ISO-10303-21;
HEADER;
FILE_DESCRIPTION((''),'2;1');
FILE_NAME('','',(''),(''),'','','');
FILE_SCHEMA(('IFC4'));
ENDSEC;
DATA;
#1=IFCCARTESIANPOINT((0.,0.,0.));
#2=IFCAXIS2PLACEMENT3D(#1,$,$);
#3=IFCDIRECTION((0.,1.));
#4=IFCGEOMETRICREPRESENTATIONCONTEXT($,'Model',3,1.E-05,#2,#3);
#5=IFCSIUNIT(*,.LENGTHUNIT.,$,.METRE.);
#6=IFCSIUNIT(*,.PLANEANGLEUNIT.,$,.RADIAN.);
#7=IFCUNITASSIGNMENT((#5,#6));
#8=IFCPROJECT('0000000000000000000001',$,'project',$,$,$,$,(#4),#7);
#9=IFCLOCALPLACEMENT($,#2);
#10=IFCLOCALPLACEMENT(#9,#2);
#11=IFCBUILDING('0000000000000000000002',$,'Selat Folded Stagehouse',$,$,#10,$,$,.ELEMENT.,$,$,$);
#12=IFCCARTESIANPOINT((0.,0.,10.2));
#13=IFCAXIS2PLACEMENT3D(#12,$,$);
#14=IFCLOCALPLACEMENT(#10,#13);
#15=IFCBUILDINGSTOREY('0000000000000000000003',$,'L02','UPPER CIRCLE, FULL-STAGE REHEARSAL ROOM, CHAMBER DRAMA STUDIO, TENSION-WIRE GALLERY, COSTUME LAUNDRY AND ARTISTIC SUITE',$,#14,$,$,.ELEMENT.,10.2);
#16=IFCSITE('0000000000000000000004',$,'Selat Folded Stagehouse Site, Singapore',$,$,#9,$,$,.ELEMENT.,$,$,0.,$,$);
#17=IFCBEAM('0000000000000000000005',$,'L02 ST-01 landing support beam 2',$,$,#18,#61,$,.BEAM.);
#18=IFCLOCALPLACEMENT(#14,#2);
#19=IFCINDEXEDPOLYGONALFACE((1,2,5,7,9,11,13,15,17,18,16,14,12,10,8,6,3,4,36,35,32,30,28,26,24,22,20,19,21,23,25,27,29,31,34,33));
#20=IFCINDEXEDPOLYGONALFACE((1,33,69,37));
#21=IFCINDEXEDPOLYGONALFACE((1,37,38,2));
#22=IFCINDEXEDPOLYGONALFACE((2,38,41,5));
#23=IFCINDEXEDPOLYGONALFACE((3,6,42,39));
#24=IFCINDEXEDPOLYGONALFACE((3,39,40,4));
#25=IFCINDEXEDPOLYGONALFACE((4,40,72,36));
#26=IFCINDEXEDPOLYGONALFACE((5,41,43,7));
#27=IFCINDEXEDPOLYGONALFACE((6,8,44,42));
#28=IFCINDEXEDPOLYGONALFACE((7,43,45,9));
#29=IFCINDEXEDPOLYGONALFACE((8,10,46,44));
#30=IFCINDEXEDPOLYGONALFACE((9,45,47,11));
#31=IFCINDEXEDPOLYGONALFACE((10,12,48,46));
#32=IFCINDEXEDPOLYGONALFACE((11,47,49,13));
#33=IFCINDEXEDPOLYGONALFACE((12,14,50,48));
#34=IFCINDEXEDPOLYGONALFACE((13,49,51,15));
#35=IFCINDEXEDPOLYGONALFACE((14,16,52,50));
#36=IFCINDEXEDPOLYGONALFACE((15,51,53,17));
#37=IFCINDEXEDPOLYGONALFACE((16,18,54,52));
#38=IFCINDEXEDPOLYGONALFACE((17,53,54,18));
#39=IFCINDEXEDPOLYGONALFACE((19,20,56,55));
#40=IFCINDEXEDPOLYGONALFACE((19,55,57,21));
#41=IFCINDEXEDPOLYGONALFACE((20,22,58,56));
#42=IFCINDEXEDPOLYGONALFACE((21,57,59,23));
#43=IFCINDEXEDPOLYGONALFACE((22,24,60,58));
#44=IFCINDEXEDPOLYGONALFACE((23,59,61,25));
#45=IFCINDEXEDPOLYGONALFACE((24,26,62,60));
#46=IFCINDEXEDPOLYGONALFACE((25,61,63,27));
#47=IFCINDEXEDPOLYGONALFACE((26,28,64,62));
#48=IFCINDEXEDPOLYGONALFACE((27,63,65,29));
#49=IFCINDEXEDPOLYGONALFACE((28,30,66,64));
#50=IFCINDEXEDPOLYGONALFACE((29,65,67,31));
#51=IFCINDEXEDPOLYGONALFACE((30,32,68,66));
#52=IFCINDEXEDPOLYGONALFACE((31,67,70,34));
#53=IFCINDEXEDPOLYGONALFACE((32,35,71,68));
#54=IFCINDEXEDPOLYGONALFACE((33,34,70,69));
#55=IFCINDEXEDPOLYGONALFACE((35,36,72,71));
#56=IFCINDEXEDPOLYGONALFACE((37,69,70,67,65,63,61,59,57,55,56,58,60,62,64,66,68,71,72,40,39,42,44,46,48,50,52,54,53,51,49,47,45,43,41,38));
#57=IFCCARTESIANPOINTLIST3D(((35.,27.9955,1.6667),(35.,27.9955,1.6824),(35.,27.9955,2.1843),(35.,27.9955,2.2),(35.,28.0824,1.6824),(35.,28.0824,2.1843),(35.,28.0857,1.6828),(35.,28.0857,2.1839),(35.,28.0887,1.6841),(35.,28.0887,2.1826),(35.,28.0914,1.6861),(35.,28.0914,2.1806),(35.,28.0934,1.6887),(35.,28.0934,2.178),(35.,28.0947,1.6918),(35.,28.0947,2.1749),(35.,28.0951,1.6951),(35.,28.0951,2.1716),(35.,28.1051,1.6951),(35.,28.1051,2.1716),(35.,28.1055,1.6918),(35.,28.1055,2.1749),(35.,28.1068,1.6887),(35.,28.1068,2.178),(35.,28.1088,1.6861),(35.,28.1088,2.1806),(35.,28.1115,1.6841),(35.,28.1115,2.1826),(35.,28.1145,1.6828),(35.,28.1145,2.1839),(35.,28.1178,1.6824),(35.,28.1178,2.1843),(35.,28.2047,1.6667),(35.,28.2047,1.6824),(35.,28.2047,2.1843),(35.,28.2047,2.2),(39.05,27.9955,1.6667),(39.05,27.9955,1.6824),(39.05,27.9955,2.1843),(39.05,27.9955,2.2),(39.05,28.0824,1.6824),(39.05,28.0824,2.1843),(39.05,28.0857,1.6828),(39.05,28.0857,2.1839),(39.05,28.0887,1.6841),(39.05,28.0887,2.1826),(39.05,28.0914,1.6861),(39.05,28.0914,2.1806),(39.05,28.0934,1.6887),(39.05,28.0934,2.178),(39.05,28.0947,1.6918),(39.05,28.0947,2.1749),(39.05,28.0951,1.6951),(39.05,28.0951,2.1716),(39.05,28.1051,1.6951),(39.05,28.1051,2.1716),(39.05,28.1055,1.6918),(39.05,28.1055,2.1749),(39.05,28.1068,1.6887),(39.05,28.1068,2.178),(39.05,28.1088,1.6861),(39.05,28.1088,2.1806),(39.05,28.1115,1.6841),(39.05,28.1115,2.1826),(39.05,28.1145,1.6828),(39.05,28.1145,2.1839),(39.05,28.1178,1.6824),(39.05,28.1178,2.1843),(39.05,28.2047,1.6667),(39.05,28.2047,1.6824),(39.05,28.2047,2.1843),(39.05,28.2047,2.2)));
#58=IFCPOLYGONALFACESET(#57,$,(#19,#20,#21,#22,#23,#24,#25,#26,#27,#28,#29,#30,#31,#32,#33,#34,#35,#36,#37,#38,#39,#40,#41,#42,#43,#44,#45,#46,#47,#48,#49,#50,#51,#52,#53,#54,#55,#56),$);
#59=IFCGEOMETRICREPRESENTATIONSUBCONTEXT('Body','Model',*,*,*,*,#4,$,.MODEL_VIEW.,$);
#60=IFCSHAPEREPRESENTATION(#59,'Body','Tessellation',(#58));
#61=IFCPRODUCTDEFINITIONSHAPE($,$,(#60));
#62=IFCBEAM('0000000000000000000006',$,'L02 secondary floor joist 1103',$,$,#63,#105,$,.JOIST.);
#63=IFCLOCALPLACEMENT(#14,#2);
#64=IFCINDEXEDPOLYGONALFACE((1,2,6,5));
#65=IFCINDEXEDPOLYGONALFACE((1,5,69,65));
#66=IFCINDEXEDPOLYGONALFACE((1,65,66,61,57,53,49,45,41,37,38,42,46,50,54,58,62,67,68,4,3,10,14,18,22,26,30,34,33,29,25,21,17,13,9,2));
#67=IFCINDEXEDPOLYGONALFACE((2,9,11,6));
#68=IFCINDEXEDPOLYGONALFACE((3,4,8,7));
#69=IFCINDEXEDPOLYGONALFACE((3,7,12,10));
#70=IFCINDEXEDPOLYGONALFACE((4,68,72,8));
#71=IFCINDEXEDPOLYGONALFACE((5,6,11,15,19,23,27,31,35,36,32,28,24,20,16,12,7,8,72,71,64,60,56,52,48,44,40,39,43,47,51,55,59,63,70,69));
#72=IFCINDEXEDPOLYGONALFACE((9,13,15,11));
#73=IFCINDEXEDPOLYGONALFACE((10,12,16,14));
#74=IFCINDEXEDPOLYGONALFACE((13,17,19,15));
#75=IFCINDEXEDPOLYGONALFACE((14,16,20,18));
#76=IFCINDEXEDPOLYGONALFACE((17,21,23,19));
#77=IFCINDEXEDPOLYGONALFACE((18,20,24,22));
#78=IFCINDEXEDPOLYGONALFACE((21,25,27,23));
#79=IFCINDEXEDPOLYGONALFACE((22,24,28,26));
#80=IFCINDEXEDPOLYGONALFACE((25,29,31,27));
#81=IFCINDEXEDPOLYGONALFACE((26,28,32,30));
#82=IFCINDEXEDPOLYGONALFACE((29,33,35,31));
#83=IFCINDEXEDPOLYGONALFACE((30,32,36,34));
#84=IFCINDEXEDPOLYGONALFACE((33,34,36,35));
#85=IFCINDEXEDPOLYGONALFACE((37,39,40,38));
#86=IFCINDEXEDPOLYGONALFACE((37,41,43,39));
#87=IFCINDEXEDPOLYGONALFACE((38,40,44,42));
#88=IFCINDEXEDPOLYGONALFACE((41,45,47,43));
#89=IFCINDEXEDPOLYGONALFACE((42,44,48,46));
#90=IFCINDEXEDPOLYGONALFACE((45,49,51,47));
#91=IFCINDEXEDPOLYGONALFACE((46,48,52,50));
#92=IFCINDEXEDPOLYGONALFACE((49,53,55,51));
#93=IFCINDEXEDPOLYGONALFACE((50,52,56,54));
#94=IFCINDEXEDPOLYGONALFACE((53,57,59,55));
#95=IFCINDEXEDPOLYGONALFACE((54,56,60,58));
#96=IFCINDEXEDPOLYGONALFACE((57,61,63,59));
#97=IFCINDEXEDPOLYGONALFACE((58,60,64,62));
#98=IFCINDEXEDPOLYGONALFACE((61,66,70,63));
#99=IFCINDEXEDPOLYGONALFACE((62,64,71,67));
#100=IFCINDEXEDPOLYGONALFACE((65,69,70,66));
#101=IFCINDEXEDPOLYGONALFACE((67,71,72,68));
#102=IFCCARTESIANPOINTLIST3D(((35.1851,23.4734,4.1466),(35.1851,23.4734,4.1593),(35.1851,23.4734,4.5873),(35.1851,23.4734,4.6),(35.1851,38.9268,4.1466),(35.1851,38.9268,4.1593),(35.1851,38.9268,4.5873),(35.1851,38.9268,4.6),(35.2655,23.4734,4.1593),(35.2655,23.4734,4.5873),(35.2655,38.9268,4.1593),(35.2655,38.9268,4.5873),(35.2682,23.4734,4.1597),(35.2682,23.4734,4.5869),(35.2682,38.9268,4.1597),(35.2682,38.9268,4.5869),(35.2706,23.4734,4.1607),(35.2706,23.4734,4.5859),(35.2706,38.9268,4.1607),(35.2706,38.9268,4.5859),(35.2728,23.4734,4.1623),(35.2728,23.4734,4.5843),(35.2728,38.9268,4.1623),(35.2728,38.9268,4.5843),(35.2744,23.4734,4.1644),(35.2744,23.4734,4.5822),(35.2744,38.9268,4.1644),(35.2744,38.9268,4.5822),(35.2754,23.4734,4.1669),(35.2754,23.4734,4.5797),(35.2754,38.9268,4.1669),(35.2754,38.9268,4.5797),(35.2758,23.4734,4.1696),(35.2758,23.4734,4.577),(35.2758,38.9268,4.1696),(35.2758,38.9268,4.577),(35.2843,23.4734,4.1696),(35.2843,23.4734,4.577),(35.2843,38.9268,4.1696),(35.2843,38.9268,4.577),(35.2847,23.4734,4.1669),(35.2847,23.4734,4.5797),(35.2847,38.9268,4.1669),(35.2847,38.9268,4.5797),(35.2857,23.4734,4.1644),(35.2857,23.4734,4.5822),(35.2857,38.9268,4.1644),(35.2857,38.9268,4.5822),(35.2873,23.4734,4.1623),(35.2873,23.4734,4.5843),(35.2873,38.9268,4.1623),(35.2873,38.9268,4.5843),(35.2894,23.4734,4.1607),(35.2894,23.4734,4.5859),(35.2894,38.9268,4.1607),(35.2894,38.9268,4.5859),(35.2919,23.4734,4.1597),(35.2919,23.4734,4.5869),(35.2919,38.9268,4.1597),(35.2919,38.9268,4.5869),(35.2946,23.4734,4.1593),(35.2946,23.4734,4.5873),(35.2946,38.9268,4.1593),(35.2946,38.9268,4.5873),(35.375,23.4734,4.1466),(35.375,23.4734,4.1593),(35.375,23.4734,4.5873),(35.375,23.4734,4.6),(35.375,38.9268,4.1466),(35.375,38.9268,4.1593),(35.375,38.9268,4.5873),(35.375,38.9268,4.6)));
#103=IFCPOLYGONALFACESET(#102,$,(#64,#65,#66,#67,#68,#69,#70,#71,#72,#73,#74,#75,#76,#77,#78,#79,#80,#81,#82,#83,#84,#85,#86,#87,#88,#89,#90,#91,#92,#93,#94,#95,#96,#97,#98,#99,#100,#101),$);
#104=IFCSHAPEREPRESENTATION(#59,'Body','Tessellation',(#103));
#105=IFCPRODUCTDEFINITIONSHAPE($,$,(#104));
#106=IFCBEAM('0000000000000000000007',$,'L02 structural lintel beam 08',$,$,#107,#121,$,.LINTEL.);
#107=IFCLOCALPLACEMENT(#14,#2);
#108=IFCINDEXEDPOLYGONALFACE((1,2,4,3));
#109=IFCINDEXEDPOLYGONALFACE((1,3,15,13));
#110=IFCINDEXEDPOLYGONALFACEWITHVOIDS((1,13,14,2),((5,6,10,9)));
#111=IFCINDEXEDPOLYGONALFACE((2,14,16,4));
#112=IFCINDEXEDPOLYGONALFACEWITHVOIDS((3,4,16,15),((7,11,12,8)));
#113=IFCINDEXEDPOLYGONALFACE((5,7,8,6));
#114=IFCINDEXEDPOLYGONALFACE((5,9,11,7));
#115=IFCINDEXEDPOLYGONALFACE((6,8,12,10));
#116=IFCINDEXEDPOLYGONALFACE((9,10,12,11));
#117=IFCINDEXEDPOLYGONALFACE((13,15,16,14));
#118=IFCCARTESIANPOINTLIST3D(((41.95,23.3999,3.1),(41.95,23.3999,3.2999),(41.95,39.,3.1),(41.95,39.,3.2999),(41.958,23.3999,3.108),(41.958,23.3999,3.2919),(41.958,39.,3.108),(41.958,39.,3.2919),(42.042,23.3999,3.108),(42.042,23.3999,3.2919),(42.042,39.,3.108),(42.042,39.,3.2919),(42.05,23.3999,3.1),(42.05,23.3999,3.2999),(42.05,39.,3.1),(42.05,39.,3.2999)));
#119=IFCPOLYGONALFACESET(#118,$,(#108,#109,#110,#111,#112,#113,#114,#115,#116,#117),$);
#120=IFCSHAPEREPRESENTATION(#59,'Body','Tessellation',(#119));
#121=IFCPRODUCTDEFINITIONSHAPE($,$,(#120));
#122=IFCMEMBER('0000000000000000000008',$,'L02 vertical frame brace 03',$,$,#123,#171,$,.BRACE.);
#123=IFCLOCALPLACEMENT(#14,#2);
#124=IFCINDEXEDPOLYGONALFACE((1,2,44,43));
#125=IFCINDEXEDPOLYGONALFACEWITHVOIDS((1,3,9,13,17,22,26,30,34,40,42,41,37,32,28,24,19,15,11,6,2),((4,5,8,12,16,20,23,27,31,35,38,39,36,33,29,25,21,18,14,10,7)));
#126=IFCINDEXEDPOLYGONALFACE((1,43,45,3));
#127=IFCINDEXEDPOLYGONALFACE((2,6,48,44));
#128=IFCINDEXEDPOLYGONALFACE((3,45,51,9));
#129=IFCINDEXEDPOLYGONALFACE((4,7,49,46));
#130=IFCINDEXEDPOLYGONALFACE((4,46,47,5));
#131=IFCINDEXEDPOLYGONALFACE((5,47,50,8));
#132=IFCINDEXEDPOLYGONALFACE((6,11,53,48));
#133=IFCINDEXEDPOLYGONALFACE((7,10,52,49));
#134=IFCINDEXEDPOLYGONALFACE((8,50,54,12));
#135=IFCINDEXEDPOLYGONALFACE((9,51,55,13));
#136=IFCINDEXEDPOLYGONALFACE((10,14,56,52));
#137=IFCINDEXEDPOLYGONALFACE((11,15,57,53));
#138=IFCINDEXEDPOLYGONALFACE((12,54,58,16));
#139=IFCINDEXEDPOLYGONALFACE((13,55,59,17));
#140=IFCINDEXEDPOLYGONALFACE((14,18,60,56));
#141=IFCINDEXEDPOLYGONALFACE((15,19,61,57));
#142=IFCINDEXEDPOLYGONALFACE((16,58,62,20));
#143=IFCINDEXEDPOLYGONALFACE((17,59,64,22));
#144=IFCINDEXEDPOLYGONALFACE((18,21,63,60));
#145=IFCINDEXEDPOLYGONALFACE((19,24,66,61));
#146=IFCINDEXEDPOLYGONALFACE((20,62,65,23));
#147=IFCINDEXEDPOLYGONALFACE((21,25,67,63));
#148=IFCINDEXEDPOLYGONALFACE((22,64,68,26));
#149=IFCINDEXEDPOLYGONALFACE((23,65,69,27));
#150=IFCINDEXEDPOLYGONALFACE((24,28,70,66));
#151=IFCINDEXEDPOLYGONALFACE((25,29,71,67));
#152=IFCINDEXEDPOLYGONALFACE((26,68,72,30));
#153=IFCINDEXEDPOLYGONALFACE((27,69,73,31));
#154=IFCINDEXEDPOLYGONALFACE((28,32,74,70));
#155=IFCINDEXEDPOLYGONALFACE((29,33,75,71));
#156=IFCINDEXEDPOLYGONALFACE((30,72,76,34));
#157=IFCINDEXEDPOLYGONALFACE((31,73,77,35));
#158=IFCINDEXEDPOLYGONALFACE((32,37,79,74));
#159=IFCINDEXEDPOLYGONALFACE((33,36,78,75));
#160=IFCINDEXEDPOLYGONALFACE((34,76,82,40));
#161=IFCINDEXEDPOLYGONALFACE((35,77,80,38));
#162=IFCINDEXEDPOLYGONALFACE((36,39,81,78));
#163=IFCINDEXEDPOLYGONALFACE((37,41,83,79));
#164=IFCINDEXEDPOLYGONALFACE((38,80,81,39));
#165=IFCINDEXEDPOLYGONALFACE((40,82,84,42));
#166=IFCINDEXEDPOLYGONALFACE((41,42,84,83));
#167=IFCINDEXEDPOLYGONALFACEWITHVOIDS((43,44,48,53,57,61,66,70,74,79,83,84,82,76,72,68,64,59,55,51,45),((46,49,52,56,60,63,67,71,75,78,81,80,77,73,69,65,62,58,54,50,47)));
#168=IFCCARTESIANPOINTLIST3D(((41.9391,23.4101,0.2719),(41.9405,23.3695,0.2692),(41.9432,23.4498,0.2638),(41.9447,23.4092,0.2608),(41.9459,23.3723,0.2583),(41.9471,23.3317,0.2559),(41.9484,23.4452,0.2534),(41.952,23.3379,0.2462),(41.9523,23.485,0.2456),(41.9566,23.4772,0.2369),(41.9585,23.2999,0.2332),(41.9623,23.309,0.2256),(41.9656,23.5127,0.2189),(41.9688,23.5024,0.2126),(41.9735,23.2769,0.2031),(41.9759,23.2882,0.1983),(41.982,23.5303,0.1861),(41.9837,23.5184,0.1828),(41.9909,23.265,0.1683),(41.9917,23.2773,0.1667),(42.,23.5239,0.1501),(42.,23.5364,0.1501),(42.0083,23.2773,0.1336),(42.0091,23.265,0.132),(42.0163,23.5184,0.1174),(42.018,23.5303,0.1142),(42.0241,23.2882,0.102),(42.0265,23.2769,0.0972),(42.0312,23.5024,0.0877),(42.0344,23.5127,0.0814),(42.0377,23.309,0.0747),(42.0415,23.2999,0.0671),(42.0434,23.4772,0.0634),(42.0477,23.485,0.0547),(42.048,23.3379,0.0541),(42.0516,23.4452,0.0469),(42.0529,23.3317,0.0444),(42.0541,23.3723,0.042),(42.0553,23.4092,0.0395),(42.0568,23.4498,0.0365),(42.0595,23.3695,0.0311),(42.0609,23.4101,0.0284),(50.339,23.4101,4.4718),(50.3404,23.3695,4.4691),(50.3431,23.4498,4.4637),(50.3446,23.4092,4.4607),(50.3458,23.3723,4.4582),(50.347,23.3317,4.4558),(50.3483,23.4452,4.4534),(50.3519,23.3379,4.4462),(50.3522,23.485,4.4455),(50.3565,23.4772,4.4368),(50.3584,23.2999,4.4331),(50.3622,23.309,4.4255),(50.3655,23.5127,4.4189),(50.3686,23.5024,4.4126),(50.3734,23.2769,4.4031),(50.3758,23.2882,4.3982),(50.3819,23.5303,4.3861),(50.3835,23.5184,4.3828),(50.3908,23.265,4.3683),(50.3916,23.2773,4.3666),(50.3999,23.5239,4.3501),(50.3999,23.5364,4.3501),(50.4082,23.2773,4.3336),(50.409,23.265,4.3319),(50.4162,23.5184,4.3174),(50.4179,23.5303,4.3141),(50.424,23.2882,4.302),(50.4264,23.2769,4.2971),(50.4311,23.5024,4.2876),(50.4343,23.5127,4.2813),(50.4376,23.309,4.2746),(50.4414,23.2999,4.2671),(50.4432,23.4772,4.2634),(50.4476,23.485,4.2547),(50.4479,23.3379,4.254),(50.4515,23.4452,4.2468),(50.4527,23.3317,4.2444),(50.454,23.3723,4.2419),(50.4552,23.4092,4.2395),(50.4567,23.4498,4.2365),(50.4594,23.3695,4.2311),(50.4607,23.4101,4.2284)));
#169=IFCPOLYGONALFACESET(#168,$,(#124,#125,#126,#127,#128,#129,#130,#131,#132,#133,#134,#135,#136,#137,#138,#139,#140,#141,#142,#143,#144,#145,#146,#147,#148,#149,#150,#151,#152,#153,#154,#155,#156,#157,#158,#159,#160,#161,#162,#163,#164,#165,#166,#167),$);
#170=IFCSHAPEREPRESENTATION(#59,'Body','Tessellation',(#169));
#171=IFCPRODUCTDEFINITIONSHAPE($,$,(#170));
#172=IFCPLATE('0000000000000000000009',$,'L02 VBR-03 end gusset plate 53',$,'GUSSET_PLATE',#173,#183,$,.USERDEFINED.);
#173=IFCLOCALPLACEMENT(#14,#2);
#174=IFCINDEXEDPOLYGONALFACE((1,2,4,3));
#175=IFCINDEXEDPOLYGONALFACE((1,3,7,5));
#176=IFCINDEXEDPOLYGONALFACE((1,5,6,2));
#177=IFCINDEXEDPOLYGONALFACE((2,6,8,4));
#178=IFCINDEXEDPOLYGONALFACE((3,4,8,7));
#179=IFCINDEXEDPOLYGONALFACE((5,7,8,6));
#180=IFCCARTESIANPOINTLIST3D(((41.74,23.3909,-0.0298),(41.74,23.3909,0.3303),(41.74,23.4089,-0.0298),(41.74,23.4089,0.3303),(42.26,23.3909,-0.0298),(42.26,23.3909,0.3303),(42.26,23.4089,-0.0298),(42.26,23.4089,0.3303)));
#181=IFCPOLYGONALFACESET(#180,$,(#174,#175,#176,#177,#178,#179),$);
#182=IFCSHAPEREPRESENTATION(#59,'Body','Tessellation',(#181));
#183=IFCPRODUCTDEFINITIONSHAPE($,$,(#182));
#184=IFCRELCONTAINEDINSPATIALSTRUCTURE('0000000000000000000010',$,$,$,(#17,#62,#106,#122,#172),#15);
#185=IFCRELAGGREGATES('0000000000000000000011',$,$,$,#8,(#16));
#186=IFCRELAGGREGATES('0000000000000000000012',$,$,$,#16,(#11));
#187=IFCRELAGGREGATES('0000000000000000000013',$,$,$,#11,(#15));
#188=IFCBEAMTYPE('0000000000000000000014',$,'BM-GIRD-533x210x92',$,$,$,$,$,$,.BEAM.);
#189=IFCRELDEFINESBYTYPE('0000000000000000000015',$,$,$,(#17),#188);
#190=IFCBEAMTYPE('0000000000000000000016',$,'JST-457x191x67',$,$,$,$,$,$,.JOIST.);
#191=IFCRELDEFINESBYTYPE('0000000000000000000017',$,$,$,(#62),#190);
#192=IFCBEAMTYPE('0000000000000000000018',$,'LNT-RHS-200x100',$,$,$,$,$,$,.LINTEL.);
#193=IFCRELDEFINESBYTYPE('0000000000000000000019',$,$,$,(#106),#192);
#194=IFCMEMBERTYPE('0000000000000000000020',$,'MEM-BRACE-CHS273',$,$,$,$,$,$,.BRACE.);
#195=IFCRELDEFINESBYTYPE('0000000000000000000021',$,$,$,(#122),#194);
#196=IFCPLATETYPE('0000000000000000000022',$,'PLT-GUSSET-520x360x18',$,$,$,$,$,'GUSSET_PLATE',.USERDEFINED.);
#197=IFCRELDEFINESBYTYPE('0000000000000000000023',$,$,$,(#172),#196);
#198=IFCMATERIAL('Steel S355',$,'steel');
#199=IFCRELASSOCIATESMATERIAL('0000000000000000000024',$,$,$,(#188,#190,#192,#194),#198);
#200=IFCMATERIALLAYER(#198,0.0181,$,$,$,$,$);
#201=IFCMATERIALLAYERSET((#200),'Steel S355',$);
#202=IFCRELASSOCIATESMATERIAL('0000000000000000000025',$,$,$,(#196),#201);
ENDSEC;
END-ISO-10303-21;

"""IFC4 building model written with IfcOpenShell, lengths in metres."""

from ifc_helpers import new_model, si_unit, direction, frame, origin, origin_2d, place, context, subcontext, project, spatial, rectangle, hollow_rectangle, hollow_circle, i_section, extrude, material, layer, layer_set, material_profile, profile_set, type_object, element, save


model = new_model("IFC4")

# Units and contexts
model_context = context("Model", 3, precision=1e-05, world=origin(), true_north=direction((0.0, 1.0)))
body_context = subcontext(model_context, "Body", "Model", "MODEL_VIEW")
ifc_project = project(units=[si_unit("LENGTHUNIT", "METRE"), si_unit("PLANEANGLEUNIT", "RADIAN")], contexts=[model_context])

# Site, building, storey
site_placement = place(None, origin())
site = spatial("IfcSite", under=ifc_project, at=site_placement, Name="Selat Folded Stagehouse Site, Singapore", CompositionType="ELEMENT", RefElevation=0.0)
building_placement = place(site_placement, origin())
building = spatial("IfcBuilding", under=site, at=building_placement, Name="Selat Folded Stagehouse", CompositionType="ELEMENT")
storey_placement = place(building_placement, frame((0.0, 0.0, 10.2)))
storey = spatial("IfcBuildingStorey", under=building, at=storey_placement, Name="L02", Description="UPPER CIRCLE, FULL-STAGE REHEARSAL ROOM, CHAMBER DRAMA STUDIO, TENSION-WIRE GALLERY, COSTUME LAUNDRY AND ARTISTIC SUITE", CompositionType="ELEMENT", Elevation=10.2)

# Shared definitions
ifc_material_1 = material(Name="Steel S355", Category="steel")

# Beams
ifc_material_profile_1 = material_profile(ifc_material_1, i_section(OverallWidth=0.2092, OverallDepth=0.5332, WebThickness=0.01, FlangeThickness=0.0156, FilletRadius=0.0127, at=origin_2d()), Name="UKB 533x210x92")
ifc_profile_set_1 = profile_set([ifc_material_profile_1], Name="Steel S355")
beam_type_1 = type_object("IfcBeamType", Name="BM-GIRD-533x210x92", PredefinedType="BEAM", material=ifc_profile_set_1)
for number, where, z_axis, x_axis, name in (
    (1, (35.0, 28.1001, 1.9333), (1.0, 0.0, 0.0), (0.0, 1.0, 0.0), "L02 ST-01 landing support beam 2"),
):
    element("IfcBeam", number, at=place(storey_placement, frame(where, z_axis=z_axis, x_axis=x_axis)), inside=storey, type_object=beam_type_1, Name=name, PredefinedType="BEAM", context=body_context, shape_type="SweptSolid", body=[
        extrude(i_section(OverallWidth=0.2092, OverallDepth=0.5332, WebThickness=0.01, FlangeThickness=0.0156, FilletRadius=0.0127, at=origin_2d()), origin(), (0.0, 0.0, 1.0), 4.05),
    ])
ifc_material_profile_2 = material_profile(ifc_material_1, i_section(OverallWidth=0.1899, OverallDepth=0.4534, WebThickness=0.0085, FlangeThickness=0.0127, FilletRadius=0.0103, at=origin_2d()), Name="UKB 457x191x67")
ifc_profile_set_2 = profile_set([ifc_material_profile_2], Name="Steel S355")
beam_type_2 = type_object("IfcBeamType", Name="JST-457x191x67", PredefinedType="JOIST", material=ifc_profile_set_2)
beam_1_placement = place(storey_placement, frame((35.28, 23.4734, 4.3733), z_axis=(0.0, 1.0, 0.0), x_axis=(-1.0, 0.0, 0.0)))
element("IfcBeam", 2, at=beam_1_placement, inside=storey, type_object=beam_type_2, Name="L02 secondary floor joist 1103", PredefinedType="JOIST", context=body_context, shape_type="SweptSolid", body=[
    extrude(i_section(OverallWidth=0.1899, OverallDepth=0.4534, WebThickness=0.0085, FlangeThickness=0.0127, FilletRadius=0.0103, at=origin_2d()), origin(), (0.0, 0.0, 1.0), 15.4534),
])
ifc_material_profile_3 = material_profile(ifc_material_1, hollow_rectangle(XDim=0.1001, YDim=0.2, WallThickness=0.0081, at=origin_2d()), Name="RHS 200x100x8.0")
ifc_profile_set_3 = profile_set([ifc_material_profile_3], Name="Steel S355")
beam_type_3 = type_object("IfcBeamType", Name="LNT-RHS-200x100", PredefinedType="LINTEL", material=ifc_profile_set_3)
beam_2_placement = place(storey_placement, frame((42.0, 23.3999, 3.2), z_axis=(0.0, 1.0, 0.0), x_axis=(-1.0, 0.0, 0.0)))
element("IfcBeam", 3, at=beam_2_placement, inside=storey, type_object=beam_type_3, Name="L02 structural lintel beam 08", PredefinedType="LINTEL", context=body_context, shape_type="SweptSolid", body=[
    extrude(hollow_rectangle(XDim=0.1001, YDim=0.2, WallThickness=0.0081, at=origin_2d()), origin(), (0.0, 0.0, 1.0), 15.6001),
])

# Member
ifc_material_profile_4 = material_profile(ifc_material_1, hollow_circle(Radius=0.1365, WallThickness=0.0125, at=origin_2d()), Name="CHS 273.0x12.5")
ifc_profile_set_4 = profile_set([ifc_material_profile_4], Name="Steel S355")
member_type = type_object("IfcMemberType", Name="MEM-BRACE-CHS273", PredefinedType="BRACE", material=ifc_profile_set_4)
member_placement = place(storey_placement, frame((42.0, 23.3999, 0.1501), z_axis=(0.894427, 0.0, 0.447214), x_axis=(0.0, 1.0, 0.0)))
element("IfcMember", 4, at=member_placement, inside=storey, type_object=member_type, Name="L02 vertical frame brace 03", PredefinedType="BRACE", context=body_context, shape_type="SweptSolid", body=[
    extrude(hollow_circle(Radius=0.1365, WallThickness=0.0125, at=origin_2d()), origin(), (0.0, 0.0, 1.0), 9.3914),
])

# Plate
ifc_layer_1 = layer(ifc_material_1, 0.0181)
ifc_layer_set_1 = layer_set([ifc_layer_1], Name="Steel S355")
plate_type = type_object("IfcPlateType", Name="PLT-GUSSET-520x360x18", ElementType="GUSSET_PLATE", PredefinedType="USERDEFINED", material=ifc_layer_set_1)
plate_placement = place(storey_placement, frame((42.0, 23.3999, -0.0298), z_axis=(0.0, 0.0, 1.0), x_axis=(1.0, 0.0, 0.0)))
element("IfcPlate", 5, at=plate_placement, inside=storey, type_object=plate_type, Name="L02 VBR-03 end gusset plate 53", ObjectType="GUSSET_PLATE", PredefinedType="USERDEFINED", context=body_context, shape_type="SweptSolid", body=[
    extrude(rectangle(XDim=0.52, YDim=0.0181, at=origin_2d()), origin(), (0.0, 0.0, 1.0), 0.3601),
])

save(model, "model.ifc")
